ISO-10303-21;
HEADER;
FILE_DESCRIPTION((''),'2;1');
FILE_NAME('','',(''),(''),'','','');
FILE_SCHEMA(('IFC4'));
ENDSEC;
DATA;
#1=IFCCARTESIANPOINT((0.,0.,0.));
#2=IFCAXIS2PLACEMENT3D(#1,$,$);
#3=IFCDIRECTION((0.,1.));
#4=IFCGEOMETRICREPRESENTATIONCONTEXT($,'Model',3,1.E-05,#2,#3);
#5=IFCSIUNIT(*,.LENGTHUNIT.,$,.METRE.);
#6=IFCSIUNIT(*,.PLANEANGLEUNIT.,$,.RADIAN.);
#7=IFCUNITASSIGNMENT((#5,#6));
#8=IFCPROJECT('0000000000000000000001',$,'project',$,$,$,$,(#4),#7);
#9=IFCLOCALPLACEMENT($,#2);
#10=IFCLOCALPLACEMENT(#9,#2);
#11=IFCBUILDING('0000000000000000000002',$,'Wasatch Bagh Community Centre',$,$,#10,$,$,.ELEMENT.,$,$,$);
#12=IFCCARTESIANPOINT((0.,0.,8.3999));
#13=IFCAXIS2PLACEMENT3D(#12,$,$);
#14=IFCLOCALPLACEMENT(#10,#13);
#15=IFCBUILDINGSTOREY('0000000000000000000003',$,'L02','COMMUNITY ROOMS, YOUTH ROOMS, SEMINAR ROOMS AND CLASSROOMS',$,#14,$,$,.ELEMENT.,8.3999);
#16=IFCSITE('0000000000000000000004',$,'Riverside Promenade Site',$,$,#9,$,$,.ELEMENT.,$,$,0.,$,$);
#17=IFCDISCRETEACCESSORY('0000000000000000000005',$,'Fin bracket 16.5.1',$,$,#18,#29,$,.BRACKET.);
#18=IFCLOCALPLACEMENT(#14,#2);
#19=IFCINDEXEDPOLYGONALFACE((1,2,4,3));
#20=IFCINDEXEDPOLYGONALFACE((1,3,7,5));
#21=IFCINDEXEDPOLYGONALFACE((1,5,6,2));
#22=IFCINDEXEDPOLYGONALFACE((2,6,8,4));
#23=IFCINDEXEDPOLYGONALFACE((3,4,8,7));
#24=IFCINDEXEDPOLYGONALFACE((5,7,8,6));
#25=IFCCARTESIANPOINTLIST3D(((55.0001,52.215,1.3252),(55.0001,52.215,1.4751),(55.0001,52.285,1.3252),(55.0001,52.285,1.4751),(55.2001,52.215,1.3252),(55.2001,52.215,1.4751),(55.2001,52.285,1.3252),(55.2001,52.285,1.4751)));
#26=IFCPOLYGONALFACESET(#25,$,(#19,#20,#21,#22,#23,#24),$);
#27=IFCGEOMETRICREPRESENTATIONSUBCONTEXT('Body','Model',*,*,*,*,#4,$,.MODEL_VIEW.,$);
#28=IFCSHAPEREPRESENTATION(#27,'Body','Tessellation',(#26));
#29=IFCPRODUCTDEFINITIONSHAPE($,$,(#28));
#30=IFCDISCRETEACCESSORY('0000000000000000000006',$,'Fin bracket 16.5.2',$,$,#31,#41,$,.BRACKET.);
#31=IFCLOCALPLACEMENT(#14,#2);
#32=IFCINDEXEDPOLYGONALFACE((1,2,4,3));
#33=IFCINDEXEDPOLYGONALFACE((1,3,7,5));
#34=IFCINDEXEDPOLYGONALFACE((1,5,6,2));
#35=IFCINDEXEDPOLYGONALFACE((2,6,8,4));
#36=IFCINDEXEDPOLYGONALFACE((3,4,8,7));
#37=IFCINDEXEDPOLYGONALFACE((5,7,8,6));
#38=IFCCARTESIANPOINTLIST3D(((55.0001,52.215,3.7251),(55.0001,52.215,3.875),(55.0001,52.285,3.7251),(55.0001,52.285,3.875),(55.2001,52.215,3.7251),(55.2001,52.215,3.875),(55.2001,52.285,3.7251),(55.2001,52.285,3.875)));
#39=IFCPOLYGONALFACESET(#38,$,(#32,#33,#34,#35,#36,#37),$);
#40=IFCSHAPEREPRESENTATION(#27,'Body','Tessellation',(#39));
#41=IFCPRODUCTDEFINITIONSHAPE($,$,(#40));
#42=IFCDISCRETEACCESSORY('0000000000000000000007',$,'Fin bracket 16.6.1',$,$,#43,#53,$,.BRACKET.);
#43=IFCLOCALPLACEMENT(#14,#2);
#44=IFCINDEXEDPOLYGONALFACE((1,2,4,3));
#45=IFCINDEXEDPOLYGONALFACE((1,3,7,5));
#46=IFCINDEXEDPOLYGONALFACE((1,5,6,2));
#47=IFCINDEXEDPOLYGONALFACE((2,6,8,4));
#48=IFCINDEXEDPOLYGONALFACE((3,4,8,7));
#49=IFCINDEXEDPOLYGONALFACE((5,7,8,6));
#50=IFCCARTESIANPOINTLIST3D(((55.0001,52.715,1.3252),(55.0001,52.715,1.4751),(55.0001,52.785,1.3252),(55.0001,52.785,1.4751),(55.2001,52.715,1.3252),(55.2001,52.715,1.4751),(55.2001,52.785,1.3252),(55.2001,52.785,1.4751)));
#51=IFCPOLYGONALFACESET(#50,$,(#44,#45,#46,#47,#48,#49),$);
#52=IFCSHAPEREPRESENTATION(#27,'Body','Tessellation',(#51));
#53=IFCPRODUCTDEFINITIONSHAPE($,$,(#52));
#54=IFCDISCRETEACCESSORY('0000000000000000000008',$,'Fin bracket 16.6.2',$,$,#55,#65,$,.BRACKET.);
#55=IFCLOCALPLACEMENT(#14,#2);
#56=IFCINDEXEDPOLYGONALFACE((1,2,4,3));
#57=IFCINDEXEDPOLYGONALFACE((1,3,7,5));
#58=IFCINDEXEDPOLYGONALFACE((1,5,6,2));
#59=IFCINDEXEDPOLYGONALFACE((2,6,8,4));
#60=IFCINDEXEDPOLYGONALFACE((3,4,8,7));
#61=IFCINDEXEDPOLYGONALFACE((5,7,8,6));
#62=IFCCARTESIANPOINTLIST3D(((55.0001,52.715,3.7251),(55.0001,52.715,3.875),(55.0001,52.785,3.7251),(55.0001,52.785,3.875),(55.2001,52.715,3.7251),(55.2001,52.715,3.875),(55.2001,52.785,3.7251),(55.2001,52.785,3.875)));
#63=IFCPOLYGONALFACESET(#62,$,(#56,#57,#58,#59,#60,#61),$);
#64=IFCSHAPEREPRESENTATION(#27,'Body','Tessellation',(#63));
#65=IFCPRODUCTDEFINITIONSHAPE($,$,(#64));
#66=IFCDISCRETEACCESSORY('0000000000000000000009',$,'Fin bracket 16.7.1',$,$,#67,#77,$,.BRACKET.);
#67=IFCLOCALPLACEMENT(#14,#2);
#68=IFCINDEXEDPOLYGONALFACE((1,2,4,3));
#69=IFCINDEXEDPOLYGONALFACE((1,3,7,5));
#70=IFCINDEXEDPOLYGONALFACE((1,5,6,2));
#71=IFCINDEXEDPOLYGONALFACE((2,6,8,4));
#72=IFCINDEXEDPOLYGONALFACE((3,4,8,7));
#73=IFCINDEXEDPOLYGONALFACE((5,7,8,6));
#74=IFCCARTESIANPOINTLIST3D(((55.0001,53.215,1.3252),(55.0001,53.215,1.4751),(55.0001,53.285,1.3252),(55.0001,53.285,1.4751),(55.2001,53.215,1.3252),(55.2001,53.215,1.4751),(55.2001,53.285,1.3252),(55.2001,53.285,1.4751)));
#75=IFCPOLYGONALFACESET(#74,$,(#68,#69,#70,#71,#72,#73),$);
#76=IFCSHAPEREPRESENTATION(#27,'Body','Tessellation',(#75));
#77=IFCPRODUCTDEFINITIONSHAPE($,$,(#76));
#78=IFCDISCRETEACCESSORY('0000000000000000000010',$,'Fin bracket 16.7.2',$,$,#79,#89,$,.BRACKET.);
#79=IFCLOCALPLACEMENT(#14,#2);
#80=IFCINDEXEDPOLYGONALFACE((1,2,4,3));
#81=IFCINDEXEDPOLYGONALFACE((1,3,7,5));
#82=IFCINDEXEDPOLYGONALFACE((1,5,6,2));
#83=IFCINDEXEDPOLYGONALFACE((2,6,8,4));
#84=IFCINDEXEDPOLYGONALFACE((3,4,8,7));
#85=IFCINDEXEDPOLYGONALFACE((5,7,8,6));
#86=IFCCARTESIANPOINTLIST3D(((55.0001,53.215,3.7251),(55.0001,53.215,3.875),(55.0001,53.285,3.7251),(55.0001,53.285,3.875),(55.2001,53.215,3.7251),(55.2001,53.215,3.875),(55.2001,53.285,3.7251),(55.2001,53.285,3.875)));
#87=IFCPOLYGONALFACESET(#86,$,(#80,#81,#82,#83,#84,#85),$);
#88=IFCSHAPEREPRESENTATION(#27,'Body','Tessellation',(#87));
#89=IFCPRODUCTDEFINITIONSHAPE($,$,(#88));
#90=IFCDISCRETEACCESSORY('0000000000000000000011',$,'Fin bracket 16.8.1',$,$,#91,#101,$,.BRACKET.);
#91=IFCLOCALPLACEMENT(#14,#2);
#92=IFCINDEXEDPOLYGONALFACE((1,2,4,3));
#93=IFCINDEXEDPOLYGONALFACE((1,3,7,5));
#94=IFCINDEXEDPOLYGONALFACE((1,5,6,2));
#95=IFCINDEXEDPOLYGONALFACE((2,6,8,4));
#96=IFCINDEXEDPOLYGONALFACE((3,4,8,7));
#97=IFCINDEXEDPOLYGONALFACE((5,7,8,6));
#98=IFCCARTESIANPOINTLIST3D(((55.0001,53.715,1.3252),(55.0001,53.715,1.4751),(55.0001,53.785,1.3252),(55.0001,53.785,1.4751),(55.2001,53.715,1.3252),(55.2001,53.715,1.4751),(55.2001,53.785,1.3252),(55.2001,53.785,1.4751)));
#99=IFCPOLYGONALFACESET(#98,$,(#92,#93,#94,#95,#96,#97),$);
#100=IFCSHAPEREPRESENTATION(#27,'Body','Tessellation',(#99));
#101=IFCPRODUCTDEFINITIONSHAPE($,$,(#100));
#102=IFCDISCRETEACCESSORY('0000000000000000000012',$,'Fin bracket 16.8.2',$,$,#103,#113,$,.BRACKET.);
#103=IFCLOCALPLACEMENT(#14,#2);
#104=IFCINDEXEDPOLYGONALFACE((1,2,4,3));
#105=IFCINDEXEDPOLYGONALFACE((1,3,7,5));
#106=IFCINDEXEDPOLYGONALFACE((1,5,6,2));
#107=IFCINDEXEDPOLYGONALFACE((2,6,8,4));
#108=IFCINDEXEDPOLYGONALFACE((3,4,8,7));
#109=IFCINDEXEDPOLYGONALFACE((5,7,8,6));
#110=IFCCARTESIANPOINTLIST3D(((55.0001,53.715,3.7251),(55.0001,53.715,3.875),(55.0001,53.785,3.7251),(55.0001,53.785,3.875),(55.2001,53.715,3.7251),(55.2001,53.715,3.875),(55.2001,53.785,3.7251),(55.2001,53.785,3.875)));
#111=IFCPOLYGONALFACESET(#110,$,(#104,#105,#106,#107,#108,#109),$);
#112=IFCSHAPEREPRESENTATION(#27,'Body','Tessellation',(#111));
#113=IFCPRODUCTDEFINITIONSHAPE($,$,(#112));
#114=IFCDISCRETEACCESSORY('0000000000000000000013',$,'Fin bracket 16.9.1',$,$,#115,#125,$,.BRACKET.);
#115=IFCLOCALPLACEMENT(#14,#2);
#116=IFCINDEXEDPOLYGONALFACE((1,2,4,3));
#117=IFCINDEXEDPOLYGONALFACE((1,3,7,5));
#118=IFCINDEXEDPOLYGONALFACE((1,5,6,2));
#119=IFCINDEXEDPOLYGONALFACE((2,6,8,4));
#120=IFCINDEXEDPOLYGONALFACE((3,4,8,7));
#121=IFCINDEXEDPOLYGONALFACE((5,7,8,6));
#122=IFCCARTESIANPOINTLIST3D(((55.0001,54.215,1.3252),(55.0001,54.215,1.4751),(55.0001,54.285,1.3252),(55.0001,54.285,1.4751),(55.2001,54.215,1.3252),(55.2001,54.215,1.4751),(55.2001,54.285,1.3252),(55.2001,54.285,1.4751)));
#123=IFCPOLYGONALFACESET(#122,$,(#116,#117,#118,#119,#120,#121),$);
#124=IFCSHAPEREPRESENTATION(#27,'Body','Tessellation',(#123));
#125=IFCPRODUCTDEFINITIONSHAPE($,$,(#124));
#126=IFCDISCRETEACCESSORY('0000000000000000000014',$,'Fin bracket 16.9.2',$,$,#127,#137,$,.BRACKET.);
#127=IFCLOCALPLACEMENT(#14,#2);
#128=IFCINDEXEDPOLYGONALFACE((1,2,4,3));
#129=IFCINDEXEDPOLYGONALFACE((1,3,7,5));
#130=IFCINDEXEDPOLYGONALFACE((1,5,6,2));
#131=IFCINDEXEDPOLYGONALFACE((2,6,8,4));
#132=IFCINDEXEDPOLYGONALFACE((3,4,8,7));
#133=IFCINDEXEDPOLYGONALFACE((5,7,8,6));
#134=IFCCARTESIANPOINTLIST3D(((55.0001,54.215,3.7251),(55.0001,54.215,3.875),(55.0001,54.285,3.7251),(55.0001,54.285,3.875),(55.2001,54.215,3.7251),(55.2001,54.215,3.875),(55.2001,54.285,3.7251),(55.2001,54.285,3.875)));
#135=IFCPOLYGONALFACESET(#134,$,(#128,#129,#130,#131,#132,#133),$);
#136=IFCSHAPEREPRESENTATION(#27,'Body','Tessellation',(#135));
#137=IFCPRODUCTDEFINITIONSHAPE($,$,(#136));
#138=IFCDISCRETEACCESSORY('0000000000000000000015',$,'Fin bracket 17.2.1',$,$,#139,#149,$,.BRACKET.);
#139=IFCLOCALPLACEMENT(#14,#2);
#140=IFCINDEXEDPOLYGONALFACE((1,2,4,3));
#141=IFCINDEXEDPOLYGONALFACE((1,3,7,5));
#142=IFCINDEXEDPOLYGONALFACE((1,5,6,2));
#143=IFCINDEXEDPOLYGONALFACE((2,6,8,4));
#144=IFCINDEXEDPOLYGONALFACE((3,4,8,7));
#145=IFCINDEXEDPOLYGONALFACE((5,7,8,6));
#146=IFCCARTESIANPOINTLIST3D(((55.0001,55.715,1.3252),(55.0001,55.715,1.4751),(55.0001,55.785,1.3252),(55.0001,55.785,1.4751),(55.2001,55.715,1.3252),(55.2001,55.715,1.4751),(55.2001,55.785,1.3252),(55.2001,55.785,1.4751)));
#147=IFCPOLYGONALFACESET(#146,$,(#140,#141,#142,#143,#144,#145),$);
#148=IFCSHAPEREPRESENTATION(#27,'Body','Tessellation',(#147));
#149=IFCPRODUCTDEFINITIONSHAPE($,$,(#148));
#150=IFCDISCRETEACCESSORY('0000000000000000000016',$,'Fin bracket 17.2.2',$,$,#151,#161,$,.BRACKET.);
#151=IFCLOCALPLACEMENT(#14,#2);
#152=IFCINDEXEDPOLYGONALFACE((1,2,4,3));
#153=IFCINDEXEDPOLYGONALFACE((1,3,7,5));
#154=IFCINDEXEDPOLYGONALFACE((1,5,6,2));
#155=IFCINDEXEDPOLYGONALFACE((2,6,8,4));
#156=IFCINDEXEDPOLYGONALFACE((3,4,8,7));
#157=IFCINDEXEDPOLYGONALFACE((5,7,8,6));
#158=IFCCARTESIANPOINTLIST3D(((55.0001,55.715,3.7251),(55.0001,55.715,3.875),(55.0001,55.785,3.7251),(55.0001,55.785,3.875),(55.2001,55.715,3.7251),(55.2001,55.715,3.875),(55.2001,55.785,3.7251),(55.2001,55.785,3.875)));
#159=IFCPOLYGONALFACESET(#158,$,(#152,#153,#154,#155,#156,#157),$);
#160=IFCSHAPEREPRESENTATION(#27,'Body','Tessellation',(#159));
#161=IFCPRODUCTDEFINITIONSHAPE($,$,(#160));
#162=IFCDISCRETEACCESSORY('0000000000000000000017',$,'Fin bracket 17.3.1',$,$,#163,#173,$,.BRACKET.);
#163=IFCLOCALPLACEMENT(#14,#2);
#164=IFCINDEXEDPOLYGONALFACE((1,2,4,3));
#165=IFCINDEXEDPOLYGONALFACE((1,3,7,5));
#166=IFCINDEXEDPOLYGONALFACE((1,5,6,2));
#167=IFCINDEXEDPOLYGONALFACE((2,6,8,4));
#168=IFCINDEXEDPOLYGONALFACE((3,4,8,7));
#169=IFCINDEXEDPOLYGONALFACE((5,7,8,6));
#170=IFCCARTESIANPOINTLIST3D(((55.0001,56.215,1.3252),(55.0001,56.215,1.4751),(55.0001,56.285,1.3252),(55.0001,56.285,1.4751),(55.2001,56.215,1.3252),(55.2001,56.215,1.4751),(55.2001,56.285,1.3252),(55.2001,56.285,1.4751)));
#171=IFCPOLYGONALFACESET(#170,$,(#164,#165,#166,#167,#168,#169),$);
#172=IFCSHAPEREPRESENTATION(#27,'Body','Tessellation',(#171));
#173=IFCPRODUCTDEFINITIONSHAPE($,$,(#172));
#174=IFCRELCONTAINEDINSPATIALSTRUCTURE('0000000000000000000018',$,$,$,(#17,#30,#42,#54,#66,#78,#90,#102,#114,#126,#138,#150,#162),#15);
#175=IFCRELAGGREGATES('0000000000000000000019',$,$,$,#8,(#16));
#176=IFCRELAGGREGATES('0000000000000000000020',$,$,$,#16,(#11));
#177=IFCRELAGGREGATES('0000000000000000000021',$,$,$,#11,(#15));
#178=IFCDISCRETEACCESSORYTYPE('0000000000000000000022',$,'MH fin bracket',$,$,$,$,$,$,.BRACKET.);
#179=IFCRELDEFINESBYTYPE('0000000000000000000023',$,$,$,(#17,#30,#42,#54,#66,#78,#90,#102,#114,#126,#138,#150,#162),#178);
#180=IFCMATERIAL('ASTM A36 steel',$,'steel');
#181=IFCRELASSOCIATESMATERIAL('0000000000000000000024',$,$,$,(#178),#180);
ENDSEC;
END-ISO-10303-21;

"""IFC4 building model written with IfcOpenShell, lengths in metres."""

from ifc_helpers import new_model, si_unit, direction, frame, origin, origin_2d, place, context, subcontext, project, spatial, rectangle, extrude, material, type_object, element, save


model = new_model("IFC4")

# Units and contexts
model_context = context("Model", 3, precision=1e-05, world=origin(), true_north=direction((0.0, 1.0)))
body_context = subcontext(model_context, "Body", "Model", "MODEL_VIEW")
ifc_project = project(units=[si_unit("LENGTHUNIT", "METRE"), si_unit("PLANEANGLEUNIT", "RADIAN")], contexts=[model_context])

# Site, building, storey
site_placement = place(None, origin())
site = spatial("IfcSite", under=ifc_project, at=site_placement, Name="Riverside Promenade Site", CompositionType="ELEMENT", RefElevation=0.0)
building_placement = place(site_placement, origin())
building = spatial("IfcBuilding", under=site, at=building_placement, Name="Wasatch Bagh Community Centre", CompositionType="ELEMENT")
storey_placement = place(building_placement, frame((0.0, 0.0, 8.3999)))
storey = spatial("IfcBuildingStorey", under=building, at=storey_placement, Name="L02", Description="COMMUNITY ROOMS, YOUTH ROOMS, SEMINAR ROOMS AND CLASSROOMS", CompositionType="ELEMENT", Elevation=8.3999)

# Discrete accessories
ifc_material_1 = material(Name="ASTM A36 steel", Category="steel")
discrete_accessory_type = type_object("IfcDiscreteAccessoryType", Name="MH fin bracket", PredefinedType="BRACKET", material=ifc_material_1)
for number, where, z_axis, x_axis, name in (
    (1, (55.1001, 52.25, 1.3252), (0.0, 0.0, 1.0), (0.0, 1.0, 0.0), "Fin bracket 16.5.1"),
    (2, (55.1001, 52.25, 3.7251), (0.0, 0.0, 1.0), (0.0, 1.0, 0.0), "Fin bracket 16.5.2"),
    (3, (55.1001, 52.75, 1.3252), (0.0, 0.0, 1.0), (0.0, 1.0, 0.0), "Fin bracket 16.6.1"),
    (4, (55.1001, 52.75, 3.7251), (0.0, 0.0, 1.0), (0.0, 1.0, 0.0), "Fin bracket 16.6.2"),
    (5, (55.1001, 53.25, 1.3252), (0.0, 0.0, 1.0), (0.0, 1.0, 0.0), "Fin bracket 16.7.1"),
    (6, (55.1001, 53.25, 3.7251), (0.0, 0.0, 1.0), (0.0, 1.0, 0.0), "Fin bracket 16.7.2"),
    (7, (55.1001, 53.75, 1.3252), (0.0, 0.0, 1.0), (0.0, 1.0, 0.0), "Fin bracket 16.8.1"),
    (8, (55.1001, 53.75, 3.7251), (0.0, 0.0, 1.0), (0.0, 1.0, 0.0), "Fin bracket 16.8.2"),
    (9, (55.1001, 54.25, 1.3252), (0.0, 0.0, 1.0), (0.0, 1.0, 0.0), "Fin bracket 16.9.1"),
    (10, (55.1001, 54.25, 3.7251), (0.0, 0.0, 1.0), (0.0, 1.0, 0.0), "Fin bracket 16.9.2"),
    (11, (55.1001, 55.75, 1.3252), (0.0, 0.0, 1.0), (0.0, 1.0, 0.0), "Fin bracket 17.2.1"),
    (12, (55.1001, 55.75, 3.7251), (0.0, 0.0, 1.0), (0.0, 1.0, 0.0), "Fin bracket 17.2.2"),
    (13, (55.1001, 56.25, 1.3252), (0.0, 0.0, 1.0), (0.0, 1.0, 0.0), "Fin bracket 17.3.1"),
):
    element("IfcDiscreteAccessory", number, at=place(storey_placement, frame(where, z_axis=z_axis, x_axis=x_axis)), inside=storey, type_object=discrete_accessory_type, Name=name, PredefinedType="BRACKET", context=body_context, shape_type="SweptSolid", body=[
        extrude(rectangle(XDim=0.0701, YDim=0.2, at=origin_2d()), origin(), (0.0, 0.0, 1.0), 0.1499),
    ])

save(model, "model.ifc")
